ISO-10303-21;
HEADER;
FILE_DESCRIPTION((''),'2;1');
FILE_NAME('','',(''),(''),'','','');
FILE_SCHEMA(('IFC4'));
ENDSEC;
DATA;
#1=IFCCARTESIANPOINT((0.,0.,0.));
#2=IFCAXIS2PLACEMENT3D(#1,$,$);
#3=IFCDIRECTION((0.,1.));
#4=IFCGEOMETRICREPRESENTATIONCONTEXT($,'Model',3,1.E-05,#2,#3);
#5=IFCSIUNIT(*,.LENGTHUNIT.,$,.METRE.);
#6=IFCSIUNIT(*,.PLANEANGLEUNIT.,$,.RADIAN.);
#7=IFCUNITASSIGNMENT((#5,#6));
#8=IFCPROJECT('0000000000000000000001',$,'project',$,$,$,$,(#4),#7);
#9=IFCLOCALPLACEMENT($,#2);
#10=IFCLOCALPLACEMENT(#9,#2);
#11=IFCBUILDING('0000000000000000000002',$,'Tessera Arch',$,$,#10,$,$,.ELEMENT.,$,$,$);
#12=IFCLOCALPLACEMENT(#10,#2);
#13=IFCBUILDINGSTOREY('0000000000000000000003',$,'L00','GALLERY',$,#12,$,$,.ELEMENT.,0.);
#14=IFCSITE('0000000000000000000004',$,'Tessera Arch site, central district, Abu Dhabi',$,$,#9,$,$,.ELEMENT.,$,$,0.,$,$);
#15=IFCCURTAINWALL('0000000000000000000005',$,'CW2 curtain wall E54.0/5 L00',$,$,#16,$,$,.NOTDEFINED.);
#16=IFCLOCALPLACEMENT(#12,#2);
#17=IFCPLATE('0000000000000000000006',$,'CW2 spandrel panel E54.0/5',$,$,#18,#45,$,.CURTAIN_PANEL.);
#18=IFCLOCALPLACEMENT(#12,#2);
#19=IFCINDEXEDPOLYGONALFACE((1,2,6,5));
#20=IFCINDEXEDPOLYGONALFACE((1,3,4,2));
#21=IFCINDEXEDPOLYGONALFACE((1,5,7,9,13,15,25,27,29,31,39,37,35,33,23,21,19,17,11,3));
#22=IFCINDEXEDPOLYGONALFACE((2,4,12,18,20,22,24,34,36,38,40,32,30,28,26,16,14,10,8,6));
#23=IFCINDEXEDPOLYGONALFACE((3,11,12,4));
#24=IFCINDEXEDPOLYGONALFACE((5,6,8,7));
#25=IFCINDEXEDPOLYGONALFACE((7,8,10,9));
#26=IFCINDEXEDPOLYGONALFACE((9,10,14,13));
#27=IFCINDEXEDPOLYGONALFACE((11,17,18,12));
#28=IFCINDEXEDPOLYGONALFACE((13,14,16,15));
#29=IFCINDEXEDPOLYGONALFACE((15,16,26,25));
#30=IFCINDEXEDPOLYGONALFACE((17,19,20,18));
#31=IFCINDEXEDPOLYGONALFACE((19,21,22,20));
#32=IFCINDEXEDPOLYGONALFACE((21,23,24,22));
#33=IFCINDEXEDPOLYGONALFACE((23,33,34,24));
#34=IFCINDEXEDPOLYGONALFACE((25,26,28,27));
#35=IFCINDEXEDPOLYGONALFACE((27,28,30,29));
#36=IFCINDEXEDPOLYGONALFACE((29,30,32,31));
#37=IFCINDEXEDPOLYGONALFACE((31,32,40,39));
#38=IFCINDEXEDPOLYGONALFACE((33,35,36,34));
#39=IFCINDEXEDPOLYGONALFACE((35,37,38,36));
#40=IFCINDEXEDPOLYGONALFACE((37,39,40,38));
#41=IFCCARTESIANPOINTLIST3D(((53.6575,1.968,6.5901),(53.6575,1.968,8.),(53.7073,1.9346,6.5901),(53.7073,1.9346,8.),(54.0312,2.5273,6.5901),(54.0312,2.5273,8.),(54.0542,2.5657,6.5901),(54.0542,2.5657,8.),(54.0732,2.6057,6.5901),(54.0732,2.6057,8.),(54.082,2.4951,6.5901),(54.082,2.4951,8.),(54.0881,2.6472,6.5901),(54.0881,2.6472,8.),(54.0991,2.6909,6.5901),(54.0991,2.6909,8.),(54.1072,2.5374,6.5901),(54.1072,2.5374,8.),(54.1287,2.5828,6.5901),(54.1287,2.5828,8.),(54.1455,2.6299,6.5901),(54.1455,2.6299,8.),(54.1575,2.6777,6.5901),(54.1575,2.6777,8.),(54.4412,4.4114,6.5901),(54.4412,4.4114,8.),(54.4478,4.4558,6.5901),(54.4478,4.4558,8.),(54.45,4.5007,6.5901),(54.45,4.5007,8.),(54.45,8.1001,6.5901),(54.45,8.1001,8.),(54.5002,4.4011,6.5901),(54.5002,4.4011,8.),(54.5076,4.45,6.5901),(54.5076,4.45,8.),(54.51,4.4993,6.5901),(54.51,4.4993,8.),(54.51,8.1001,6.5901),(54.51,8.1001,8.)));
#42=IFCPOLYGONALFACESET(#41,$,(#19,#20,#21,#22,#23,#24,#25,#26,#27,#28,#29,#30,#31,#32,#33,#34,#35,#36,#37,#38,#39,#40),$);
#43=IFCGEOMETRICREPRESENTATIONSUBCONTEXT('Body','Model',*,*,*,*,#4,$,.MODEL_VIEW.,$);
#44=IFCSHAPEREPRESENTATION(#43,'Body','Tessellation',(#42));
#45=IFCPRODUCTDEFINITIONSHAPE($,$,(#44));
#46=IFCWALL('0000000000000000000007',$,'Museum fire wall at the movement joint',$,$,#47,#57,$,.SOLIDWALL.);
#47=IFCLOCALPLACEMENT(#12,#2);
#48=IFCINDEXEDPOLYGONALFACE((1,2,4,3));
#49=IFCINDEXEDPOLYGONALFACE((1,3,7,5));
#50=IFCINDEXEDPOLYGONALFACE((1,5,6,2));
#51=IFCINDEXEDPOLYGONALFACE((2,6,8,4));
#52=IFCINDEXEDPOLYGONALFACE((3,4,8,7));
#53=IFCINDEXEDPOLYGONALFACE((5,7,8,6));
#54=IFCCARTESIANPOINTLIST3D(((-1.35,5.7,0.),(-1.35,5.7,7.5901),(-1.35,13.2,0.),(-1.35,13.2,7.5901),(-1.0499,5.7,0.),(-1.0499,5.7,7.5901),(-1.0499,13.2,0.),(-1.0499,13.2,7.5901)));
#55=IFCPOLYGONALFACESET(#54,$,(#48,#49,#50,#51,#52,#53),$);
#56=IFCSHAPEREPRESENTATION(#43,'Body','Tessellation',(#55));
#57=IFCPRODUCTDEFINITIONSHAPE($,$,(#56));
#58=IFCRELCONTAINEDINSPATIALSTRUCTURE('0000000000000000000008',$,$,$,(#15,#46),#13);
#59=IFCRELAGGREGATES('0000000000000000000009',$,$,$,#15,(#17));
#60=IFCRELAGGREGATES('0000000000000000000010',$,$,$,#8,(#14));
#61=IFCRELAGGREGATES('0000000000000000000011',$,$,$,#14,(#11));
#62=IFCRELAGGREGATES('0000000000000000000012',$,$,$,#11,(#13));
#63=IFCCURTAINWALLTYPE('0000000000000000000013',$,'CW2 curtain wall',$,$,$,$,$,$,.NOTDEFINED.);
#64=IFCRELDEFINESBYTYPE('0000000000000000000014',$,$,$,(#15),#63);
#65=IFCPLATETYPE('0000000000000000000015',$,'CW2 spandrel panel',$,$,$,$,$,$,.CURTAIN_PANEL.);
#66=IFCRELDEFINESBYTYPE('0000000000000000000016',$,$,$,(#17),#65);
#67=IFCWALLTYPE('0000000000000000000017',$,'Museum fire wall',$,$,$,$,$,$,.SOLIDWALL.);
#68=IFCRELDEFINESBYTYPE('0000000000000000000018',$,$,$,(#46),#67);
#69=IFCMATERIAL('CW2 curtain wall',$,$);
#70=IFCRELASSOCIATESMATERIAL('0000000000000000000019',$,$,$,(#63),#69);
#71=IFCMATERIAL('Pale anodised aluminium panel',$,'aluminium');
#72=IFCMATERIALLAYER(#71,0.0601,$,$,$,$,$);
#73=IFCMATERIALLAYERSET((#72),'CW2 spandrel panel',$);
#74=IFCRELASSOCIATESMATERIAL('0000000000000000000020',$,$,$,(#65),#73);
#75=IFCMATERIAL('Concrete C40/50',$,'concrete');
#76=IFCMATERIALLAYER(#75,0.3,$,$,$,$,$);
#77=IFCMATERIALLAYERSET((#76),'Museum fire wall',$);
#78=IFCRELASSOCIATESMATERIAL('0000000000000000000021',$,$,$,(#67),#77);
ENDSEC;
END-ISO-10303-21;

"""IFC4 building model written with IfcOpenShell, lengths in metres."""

from ifc_helpers import new_model, si_unit, direction, frame, frame_2d, origin, place, context, subcontext, project, spatial, polyline, rectangle, outline, extrude, material, layer, layer_set, type_object, element, aggregate, save


model = new_model("IFC4")

# Units and contexts
model_context = context("Model", 3, precision=1e-05, world=origin(), true_north=direction((0.0, 1.0)))
body_context = subcontext(model_context, "Body", "Model", "MODEL_VIEW")
ifc_project = project(units=[si_unit("LENGTHUNIT", "METRE"), si_unit("PLANEANGLEUNIT", "RADIAN")], contexts=[model_context])

# Site, building, storey
site_placement = place(None, origin())
site = spatial("IfcSite", under=ifc_project, at=site_placement, Name="Tessera Arch site, central district, Abu Dhabi", CompositionType="ELEMENT", RefElevation=0.0)
building_placement = place(site_placement, origin())
building = spatial("IfcBuilding", under=site, at=building_placement, Name="Tessera Arch", CompositionType="ELEMENT")
storey_placement = place(building_placement, origin())
storey = spatial("IfcBuildingStorey", under=building, at=storey_placement, Name="L00", Description="GALLERY", CompositionType="ELEMENT", Elevation=0.0)

# Shared definitions
ifc_material_1 = material(Name="CW2 curtain wall")
curtain_wall_type = type_object("IfcCurtainWallType", Name="CW2 curtain wall", PredefinedType="NOTDEFINED", material=ifc_material_1)

# Curtain wall
curtain_wall_1_placement = place(storey_placement, origin())
curtain_wall_1 = element("IfcCurtainWall", 1, at=curtain_wall_1_placement, inside=storey, type_object=curtain_wall_type, Name="CW2 curtain wall E54.0/5 L00", PredefinedType="NOTDEFINED")

# Plate
ifc_material_2 = material(Name="Pale anodised aluminium panel", Category="aluminium")
ifc_layer_1 = layer(ifc_material_2, 0.0601)
ifc_layer_set_1 = layer_set([ifc_layer_1], Name="CW2 spandrel panel")
plate_type_1 = type_object("IfcPlateType", Name="CW2 spandrel panel", PredefinedType="CURTAIN_PANEL", material=ifc_layer_set_1)
plate_1_placement = place(storey_placement, frame((0.0, 0.0, 6.5901)))
plate_1 = element("IfcPlate", 2, at=plate_1_placement, type_object=plate_type_1, Name="CW2 spandrel panel E54.0/5", PredefinedType="CURTAIN_PANEL", context=body_context, shape_type="SweptSolid", body=[
    extrude(outline(polyline([(54.0312, 2.5273), (53.6575, 1.968), (53.7073, 1.9346), (54.082, 2.4951), (54.1072, 2.5374), (54.1287, 2.5828), (54.1455, 2.6299), (54.1575, 2.6777), (54.5002, 4.4011), (54.5076, 4.45), (54.51, 4.4993), (54.51, 8.1001), (54.45, 8.1001), (54.45, 4.5007), (54.4478, 4.4558), (54.4412, 4.4114), (54.0991, 2.6909), (54.0881, 2.6472), (54.0732, 2.6057), (54.0542, 2.5657), (54.0312, 2.5273)])), origin(), (0.0, 0.0, 1.0), 1.4099),
])
aggregate(curtain_wall_1, [plate_1])

# Wall
ifc_material_3 = material(Name="Concrete C40/50", Category="concrete")
ifc_layer_2 = layer(ifc_material_3, 0.3)
ifc_layer_set_2 = layer_set([ifc_layer_2], Name="Museum fire wall")
wall_type = type_object("IfcWallType", Name="Museum fire wall", PredefinedType="SOLIDWALL", material=ifc_layer_set_2)
wall_placement = place(storey_placement, frame((-1.2, 5.7, 0.0), z_axis=(0.0, 0.0, 1.0), x_axis=(0.0, 1.0, 0.0)))
element("IfcWall", 3, at=wall_placement, inside=storey, type_object=wall_type, Name="Museum fire wall at the movement joint", PredefinedType="SOLIDWALL", context=body_context, shape_type="SweptSolid", body=[
    extrude(rectangle(XDim=7.5, YDim=0.3, at=frame_2d((3.75, 0.0))), origin(), (0.0, 0.0, 1.0), 7.5901),
])

save(model, "model.ifc")
